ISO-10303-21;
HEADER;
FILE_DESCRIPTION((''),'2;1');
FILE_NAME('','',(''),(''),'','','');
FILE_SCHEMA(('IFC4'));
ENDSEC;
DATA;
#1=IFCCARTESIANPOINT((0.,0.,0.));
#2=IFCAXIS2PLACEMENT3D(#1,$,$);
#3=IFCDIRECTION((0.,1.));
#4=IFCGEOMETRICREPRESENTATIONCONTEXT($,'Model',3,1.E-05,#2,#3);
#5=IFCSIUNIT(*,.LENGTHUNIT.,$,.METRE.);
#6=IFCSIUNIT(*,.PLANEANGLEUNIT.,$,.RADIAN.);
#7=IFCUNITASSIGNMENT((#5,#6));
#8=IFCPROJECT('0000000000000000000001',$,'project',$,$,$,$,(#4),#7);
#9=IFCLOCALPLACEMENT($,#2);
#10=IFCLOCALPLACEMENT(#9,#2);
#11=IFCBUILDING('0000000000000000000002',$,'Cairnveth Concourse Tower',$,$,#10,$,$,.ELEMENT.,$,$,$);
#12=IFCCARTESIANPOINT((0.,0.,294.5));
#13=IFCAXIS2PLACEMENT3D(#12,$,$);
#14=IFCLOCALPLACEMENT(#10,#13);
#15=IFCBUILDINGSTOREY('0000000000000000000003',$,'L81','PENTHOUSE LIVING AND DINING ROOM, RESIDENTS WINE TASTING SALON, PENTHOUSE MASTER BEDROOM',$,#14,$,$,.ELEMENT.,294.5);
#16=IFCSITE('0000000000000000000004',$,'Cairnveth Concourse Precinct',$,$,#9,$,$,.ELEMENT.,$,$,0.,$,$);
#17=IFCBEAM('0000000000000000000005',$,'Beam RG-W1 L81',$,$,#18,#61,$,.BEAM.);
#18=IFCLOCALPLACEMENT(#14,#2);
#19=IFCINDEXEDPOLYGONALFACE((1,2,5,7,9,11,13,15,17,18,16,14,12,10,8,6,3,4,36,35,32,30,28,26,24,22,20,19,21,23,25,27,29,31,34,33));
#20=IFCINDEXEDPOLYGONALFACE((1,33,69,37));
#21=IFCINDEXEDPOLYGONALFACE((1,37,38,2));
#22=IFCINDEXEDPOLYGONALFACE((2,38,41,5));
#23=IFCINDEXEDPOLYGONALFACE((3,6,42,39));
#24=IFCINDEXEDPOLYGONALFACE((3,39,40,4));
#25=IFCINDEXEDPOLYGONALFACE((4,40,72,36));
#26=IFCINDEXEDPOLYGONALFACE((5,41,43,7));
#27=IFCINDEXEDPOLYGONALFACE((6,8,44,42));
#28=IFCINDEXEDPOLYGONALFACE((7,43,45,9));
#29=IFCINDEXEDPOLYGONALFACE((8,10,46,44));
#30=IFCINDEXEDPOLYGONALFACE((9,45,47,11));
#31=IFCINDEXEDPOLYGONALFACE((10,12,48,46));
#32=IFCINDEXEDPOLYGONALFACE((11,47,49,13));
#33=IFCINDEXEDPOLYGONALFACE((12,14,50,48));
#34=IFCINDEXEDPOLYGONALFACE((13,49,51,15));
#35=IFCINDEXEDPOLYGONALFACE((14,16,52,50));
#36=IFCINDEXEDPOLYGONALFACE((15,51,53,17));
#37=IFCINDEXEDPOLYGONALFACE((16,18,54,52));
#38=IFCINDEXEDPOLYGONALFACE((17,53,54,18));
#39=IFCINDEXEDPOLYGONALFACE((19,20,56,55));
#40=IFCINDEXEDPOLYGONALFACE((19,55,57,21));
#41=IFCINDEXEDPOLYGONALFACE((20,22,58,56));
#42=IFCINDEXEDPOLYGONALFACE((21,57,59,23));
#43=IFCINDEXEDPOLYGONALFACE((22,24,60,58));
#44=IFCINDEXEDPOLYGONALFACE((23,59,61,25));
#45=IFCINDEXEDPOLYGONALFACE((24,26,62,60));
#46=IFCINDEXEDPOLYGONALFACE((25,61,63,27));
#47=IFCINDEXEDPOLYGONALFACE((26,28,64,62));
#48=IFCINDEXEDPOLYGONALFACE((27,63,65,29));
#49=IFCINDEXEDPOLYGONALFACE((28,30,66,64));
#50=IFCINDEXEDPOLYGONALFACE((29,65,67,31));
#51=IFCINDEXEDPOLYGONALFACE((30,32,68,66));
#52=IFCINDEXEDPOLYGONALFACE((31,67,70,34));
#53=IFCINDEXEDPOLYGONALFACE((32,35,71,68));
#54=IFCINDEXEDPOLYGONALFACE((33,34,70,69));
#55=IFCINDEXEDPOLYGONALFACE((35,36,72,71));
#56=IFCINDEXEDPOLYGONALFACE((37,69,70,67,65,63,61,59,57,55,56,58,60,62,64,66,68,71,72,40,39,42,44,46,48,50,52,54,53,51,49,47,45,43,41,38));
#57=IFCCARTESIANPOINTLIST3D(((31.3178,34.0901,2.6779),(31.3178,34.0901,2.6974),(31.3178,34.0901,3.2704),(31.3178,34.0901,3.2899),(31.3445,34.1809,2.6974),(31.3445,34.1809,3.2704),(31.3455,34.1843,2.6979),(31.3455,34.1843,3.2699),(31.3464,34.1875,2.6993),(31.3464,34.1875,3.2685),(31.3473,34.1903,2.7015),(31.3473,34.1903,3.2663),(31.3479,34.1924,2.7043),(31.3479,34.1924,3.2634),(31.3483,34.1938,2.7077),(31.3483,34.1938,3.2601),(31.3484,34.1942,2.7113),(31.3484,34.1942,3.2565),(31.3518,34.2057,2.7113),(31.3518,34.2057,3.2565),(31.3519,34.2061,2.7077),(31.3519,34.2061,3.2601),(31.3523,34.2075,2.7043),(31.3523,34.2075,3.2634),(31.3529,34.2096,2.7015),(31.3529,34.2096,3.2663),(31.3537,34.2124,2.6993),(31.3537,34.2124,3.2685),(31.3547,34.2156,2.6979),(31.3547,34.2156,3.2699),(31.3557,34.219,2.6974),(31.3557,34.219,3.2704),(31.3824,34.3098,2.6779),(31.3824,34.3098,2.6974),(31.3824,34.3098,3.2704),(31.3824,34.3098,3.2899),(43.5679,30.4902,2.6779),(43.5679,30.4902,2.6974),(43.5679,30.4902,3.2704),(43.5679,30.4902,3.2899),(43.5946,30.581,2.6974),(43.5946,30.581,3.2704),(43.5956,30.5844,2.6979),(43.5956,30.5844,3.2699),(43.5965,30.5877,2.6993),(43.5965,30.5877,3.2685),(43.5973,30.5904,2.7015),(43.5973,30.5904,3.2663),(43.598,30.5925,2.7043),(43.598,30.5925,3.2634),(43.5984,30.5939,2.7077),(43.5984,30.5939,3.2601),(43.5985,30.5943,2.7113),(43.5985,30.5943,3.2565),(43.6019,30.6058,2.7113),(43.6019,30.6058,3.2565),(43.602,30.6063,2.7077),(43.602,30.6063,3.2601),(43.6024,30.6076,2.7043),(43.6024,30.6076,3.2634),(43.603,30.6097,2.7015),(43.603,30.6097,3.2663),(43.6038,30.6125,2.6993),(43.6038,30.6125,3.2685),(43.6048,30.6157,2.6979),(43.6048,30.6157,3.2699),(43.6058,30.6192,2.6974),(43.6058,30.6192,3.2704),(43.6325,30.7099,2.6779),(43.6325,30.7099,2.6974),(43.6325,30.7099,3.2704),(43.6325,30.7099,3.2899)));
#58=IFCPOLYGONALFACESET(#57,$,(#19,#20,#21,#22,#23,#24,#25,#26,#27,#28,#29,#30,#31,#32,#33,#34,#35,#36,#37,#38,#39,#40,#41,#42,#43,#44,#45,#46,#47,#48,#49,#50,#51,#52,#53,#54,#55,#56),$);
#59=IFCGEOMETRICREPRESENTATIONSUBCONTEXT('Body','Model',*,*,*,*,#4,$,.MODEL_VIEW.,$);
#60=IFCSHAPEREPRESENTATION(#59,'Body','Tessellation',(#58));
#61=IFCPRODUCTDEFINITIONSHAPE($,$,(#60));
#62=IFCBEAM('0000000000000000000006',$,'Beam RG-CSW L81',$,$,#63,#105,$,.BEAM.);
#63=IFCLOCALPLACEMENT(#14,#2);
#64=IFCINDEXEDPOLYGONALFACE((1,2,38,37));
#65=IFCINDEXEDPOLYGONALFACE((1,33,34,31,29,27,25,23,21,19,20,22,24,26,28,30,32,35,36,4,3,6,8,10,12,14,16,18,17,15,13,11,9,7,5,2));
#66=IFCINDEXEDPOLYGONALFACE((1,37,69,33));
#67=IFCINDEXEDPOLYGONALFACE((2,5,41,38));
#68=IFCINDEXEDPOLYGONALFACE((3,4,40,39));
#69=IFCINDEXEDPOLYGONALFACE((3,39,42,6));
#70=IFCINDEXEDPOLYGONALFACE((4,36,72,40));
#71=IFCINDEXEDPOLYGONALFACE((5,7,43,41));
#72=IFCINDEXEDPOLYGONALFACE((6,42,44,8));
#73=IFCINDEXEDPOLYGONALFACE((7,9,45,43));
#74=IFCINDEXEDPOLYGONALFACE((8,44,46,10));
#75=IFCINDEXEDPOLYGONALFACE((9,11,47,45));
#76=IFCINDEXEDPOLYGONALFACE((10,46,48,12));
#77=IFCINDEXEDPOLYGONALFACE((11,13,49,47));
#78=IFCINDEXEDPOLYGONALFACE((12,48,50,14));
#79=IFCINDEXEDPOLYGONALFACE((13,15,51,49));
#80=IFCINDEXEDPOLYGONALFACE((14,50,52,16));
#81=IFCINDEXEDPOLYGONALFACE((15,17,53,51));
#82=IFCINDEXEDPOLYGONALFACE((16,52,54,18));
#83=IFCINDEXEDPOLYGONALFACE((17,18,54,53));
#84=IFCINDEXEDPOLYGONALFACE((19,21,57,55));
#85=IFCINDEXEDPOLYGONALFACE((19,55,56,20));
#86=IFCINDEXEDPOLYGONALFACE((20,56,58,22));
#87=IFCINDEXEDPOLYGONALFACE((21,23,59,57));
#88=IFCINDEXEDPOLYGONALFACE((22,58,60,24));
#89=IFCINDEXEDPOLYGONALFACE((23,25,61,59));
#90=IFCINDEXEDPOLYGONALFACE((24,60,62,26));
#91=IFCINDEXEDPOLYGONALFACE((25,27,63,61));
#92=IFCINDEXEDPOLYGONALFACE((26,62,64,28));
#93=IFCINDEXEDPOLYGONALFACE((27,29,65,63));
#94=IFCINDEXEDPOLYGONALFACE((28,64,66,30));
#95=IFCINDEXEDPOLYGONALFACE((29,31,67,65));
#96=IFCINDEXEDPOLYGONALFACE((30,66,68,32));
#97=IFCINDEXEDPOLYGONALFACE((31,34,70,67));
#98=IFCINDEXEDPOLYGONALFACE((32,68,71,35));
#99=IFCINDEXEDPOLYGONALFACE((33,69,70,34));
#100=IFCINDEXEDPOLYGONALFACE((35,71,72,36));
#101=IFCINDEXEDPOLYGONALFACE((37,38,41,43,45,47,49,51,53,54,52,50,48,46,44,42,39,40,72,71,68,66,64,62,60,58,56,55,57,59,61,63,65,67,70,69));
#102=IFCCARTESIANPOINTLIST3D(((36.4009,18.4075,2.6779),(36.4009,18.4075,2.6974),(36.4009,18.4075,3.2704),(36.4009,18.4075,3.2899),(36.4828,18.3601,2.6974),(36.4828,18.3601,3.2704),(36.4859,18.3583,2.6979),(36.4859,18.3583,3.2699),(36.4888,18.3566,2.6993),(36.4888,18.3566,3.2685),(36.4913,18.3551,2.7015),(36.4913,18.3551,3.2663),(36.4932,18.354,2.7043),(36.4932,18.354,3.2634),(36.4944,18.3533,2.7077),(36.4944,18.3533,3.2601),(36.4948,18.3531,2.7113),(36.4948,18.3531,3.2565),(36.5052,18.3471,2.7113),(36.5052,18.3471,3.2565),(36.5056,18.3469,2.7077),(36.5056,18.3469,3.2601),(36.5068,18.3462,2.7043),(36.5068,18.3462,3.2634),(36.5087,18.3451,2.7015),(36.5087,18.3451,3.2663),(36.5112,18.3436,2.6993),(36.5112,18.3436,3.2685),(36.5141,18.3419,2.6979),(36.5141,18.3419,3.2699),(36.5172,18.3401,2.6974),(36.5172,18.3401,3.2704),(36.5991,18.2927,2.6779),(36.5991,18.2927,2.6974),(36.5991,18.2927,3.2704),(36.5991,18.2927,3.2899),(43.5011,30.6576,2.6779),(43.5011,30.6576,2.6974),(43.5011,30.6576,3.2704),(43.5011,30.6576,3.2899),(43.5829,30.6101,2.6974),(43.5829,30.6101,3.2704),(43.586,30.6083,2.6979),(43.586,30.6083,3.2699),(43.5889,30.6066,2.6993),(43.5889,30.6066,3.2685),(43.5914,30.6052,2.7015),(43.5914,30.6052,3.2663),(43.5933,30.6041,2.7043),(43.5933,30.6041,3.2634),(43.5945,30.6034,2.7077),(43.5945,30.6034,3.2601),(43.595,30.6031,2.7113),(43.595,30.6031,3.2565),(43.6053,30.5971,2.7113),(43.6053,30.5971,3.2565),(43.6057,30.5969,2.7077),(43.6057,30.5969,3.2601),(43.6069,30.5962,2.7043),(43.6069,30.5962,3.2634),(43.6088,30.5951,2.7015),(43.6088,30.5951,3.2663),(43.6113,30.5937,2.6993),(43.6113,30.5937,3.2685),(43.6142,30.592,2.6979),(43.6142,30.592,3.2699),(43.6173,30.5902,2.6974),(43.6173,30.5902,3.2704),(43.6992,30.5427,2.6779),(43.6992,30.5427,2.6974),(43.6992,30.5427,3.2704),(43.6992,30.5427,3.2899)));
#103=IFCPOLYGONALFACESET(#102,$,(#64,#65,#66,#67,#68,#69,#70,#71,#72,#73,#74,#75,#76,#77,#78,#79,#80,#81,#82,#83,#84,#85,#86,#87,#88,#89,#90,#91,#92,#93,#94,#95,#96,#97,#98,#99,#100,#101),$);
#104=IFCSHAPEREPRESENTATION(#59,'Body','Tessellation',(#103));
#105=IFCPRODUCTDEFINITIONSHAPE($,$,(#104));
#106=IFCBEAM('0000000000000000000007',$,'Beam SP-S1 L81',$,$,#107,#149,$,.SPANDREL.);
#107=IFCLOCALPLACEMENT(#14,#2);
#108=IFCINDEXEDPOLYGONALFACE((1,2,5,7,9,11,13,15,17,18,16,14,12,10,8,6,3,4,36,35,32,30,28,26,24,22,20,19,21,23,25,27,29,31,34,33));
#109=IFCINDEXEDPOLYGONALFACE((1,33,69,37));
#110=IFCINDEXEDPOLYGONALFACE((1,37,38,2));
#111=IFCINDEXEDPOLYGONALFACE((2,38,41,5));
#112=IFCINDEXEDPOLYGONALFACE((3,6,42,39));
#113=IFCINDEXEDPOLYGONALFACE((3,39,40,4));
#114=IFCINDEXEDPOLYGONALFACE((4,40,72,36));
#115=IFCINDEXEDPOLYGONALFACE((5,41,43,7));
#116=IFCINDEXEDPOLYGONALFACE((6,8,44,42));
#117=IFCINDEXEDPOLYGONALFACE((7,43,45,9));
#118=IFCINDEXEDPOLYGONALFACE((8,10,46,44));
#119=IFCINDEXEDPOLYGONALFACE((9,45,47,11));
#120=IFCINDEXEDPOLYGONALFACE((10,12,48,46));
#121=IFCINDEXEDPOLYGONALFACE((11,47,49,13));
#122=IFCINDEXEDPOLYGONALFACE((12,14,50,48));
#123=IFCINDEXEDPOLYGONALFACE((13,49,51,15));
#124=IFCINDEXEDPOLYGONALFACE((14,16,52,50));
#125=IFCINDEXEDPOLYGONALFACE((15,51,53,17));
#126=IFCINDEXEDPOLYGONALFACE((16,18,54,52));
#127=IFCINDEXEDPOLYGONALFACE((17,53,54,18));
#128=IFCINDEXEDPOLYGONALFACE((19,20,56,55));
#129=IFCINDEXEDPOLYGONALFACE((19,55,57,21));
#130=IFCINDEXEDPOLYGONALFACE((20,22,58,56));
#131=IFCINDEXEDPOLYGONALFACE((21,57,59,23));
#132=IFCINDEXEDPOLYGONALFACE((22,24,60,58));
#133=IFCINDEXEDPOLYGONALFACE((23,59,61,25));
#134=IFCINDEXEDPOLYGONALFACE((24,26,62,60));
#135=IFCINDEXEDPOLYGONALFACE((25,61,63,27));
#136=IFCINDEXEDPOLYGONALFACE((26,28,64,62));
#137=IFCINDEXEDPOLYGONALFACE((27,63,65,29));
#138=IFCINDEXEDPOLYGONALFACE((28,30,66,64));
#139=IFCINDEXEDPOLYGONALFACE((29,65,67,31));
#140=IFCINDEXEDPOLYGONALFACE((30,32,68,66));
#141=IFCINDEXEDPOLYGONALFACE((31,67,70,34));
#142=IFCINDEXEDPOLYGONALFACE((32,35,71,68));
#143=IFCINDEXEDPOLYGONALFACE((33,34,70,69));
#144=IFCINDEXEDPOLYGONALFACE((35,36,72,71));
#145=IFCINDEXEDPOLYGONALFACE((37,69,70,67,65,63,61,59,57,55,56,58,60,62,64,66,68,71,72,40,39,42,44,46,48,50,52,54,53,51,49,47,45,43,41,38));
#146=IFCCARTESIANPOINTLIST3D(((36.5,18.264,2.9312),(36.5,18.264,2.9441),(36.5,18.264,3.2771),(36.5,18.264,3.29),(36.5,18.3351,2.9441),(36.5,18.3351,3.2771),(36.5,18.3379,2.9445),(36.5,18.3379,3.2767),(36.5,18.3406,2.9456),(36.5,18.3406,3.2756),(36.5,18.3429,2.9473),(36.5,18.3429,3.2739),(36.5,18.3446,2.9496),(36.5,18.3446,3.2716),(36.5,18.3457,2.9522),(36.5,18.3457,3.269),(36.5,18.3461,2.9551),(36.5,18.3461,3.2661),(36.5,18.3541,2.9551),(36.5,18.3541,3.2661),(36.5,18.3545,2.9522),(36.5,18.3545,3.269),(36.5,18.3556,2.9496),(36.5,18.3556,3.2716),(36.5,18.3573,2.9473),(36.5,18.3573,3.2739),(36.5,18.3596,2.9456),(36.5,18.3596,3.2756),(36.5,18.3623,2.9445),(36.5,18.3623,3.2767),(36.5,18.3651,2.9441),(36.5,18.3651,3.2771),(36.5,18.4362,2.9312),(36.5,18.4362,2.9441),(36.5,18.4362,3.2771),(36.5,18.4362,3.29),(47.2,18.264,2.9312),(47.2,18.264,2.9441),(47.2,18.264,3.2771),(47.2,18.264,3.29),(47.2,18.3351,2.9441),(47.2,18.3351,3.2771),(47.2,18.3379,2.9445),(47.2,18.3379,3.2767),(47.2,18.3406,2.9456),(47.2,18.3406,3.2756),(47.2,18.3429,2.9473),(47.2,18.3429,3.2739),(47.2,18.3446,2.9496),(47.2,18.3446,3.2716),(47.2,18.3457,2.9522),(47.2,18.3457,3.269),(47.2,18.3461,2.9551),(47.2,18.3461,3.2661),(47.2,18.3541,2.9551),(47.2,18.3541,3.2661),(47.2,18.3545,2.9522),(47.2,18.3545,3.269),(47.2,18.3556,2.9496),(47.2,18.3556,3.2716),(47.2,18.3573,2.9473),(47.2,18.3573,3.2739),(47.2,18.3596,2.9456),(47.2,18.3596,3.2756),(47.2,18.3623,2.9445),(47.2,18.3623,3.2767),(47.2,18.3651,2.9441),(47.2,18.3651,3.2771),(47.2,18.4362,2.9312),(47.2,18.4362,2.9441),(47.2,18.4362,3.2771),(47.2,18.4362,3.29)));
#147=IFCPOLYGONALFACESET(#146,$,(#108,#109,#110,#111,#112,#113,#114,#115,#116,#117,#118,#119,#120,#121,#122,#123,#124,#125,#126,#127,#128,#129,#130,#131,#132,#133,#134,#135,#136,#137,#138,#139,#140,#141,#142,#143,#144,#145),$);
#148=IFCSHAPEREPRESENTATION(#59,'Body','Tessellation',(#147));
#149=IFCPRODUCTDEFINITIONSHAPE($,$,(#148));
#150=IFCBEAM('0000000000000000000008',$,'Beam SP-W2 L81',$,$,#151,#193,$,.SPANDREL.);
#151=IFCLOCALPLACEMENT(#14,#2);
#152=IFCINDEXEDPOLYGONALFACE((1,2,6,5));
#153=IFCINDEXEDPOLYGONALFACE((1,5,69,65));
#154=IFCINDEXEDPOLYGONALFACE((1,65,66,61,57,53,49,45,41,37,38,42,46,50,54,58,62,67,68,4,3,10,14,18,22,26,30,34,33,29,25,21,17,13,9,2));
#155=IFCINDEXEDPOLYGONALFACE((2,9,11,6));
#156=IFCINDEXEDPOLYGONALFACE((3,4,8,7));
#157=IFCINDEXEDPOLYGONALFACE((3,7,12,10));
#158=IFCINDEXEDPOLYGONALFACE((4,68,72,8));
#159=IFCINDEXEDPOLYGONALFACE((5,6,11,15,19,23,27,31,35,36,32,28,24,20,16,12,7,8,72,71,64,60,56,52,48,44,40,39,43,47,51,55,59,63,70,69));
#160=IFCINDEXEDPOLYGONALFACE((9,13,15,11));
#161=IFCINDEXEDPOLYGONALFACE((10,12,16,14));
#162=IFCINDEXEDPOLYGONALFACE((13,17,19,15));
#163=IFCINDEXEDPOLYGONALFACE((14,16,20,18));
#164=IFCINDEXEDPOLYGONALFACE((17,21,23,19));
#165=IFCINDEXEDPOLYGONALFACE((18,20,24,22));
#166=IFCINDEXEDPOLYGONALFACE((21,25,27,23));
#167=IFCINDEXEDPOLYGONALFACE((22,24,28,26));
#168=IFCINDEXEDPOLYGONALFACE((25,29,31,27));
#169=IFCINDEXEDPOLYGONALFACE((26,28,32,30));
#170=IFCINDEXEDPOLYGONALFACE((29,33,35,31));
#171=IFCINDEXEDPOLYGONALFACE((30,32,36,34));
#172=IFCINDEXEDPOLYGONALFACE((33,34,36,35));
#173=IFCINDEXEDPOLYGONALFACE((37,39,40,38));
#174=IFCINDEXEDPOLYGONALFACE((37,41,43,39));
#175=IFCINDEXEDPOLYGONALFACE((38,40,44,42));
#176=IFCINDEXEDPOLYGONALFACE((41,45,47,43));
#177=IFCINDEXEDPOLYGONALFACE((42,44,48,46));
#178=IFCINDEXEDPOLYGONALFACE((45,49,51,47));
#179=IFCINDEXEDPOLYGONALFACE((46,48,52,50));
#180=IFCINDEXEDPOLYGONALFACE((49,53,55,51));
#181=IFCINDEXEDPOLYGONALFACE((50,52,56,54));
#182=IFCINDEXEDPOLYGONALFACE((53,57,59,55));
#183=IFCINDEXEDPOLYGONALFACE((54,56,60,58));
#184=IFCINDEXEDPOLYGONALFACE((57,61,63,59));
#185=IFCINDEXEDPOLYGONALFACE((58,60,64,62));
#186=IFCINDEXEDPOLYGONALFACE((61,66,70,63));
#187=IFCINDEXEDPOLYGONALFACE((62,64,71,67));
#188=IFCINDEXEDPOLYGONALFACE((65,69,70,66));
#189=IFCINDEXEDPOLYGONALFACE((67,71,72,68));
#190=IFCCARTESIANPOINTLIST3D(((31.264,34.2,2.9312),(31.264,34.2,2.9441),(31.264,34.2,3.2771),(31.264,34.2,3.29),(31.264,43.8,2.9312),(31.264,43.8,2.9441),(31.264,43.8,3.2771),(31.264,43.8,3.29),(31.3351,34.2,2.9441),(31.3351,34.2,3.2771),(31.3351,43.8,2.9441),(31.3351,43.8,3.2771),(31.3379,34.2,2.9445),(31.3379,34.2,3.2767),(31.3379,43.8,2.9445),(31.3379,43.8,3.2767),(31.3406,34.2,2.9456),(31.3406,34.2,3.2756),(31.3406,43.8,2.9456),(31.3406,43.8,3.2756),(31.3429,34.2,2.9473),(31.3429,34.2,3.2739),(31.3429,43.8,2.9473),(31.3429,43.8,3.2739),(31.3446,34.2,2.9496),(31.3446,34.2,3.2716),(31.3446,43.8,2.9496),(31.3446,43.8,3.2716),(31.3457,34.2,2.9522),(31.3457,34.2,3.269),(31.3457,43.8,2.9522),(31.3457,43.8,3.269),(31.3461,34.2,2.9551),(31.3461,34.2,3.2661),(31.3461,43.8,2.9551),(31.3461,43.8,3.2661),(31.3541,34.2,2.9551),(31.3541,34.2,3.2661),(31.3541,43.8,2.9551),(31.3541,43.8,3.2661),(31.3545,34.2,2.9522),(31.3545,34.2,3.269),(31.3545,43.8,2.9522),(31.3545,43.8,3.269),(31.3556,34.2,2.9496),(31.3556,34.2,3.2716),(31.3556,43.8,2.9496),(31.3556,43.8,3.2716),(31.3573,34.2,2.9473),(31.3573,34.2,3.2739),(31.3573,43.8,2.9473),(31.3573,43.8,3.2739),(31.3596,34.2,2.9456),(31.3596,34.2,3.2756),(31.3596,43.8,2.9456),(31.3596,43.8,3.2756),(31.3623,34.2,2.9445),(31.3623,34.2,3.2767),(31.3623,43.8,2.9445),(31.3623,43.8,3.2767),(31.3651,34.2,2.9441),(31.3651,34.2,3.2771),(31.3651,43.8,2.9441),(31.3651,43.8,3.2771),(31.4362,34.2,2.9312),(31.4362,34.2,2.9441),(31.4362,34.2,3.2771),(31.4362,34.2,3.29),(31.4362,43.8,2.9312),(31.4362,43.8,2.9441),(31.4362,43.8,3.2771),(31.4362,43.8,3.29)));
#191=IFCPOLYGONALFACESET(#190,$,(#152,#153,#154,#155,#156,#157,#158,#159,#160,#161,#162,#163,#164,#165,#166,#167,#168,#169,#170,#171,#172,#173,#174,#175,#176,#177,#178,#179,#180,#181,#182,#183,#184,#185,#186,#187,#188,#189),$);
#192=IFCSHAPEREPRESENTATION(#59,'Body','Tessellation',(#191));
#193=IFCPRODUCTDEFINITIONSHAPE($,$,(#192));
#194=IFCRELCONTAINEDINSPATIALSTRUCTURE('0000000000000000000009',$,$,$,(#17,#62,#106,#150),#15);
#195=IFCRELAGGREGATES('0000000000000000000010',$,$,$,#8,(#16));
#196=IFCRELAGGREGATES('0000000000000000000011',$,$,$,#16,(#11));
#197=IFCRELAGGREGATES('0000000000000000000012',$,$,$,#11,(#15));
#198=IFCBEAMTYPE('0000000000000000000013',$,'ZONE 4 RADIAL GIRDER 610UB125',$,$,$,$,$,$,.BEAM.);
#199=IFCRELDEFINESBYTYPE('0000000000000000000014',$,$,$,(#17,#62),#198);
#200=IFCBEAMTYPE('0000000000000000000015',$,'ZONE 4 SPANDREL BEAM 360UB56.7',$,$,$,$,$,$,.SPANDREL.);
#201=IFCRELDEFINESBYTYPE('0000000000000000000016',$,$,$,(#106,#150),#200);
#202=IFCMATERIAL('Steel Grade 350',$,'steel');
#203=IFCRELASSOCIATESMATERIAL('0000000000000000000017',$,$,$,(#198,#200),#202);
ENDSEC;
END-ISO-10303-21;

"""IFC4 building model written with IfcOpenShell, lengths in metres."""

from ifc_helpers import new_model, si_unit, direction, frame, origin, origin_2d, place, context, subcontext, project, spatial, i_section, extrude, material, material_profile, profile_set, type_object, element, save


model = new_model("IFC4")

# Units and contexts
model_context = context("Model", 3, precision=1e-05, world=origin(), true_north=direction((0.0, 1.0)))
body_context = subcontext(model_context, "Body", "Model", "MODEL_VIEW")
ifc_project = project(units=[si_unit("LENGTHUNIT", "METRE"), si_unit("PLANEANGLEUNIT", "RADIAN")], contexts=[model_context])

# Site, building, storey
site_placement = place(None, origin())
site = spatial("IfcSite", under=ifc_project, at=site_placement, Name="Cairnveth Concourse Precinct", CompositionType="ELEMENT", RefElevation=0.0)
building_placement = place(site_placement, origin())
building = spatial("IfcBuilding", under=site, at=building_placement, Name="Cairnveth Concourse Tower", CompositionType="ELEMENT")
storey_placement = place(building_placement, frame((0.0, 0.0, 294.5)))
storey = spatial("IfcBuildingStorey", under=building, at=storey_placement, Name="L81", Description="PENTHOUSE LIVING AND DINING ROOM, RESIDENTS WINE TASTING SALON, PENTHOUSE MASTER BEDROOM", CompositionType="ELEMENT", Elevation=294.5)

# Shared definitions
ifc_material_1 = material(Name="Steel Grade 350", Category="steel")

# Beams
ifc_material_profile_1 = material_profile(ifc_material_1, i_section(OverallWidth=0.229, OverallDepth=0.6121, WebThickness=0.012, FlangeThickness=0.0195, FilletRadius=0.0139, at=origin_2d()), Name="610UB125")
ifc_profile_set_1 = profile_set([ifc_material_profile_1], Name="Steel Grade 350")
beam_type_1 = type_object("IfcBeamType", Name="ZONE 4 RADIAL GIRDER 610UB125", PredefinedType="BEAM", material=ifc_profile_set_1)
beam_1_placement = place(storey_placement, frame((31.3501, 34.2, 2.9839), z_axis=(0.959431, -0.281944, 0.0), x_axis=(0.281944, 0.959431, 0.0)))
element("IfcBeam", 1, at=beam_1_placement, inside=storey, type_object=beam_type_1, Name="Beam RG-W1 L81", PredefinedType="BEAM", context=body_context, shape_type="SweptSolid", body=[
    extrude(i_section(OverallWidth=0.229, OverallDepth=0.6121, WebThickness=0.012, FlangeThickness=0.0195, FilletRadius=0.0139, at=origin_2d()), origin(), (0.0, 0.0, 1.0), 12.7681),
])
beam_2_placement = place(storey_placement, frame((36.5, 18.3501, 2.9839), z_axis=(0.501459, 0.865181, 0.0), x_axis=(-0.865181, 0.501459, 0.0)))
element("IfcBeam", 2, at=beam_2_placement, inside=storey, type_object=beam_type_1, Name="Beam RG-CSW L81", PredefinedType="BEAM", context=body_context, shape_type="SweptSolid", body=[
    extrude(i_section(OverallWidth=0.229, OverallDepth=0.6121, WebThickness=0.012, FlangeThickness=0.0195, FilletRadius=0.0139, at=origin_2d()), origin(), (0.0, 0.0, 1.0), 14.1589),
])
ifc_material_profile_2 = material_profile(ifc_material_1, i_section(OverallWidth=0.1721, OverallDepth=0.3589, WebThickness=0.0081, FlangeThickness=0.0129, FilletRadius=0.011, at=origin_2d()), Name="360UB56.7")
ifc_profile_set_2 = profile_set([ifc_material_profile_2], Name="Steel Grade 350")
beam_type_2 = type_object("IfcBeamType", Name="ZONE 4 SPANDREL BEAM 360UB56.7", PredefinedType="SPANDREL", material=ifc_profile_set_2)
beam_3_placement = place(storey_placement, frame((36.5, 18.3501, 3.1106), z_axis=(1.0, 0.0, 0.0), x_axis=(0.0, 1.0, 0.0)))
element("IfcBeam", 3, at=beam_3_placement, inside=storey, type_object=beam_type_2, Name="Beam SP-S1 L81", PredefinedType="SPANDREL", context=body_context, shape_type="SweptSolid", body=[
    extrude(i_section(OverallWidth=0.1721, OverallDepth=0.3589, WebThickness=0.0081, FlangeThickness=0.0129, FilletRadius=0.011, at=origin_2d()), origin(), (0.0, 0.0, 1.0), 10.7),
])
beam_4_placement = place(storey_placement, frame((31.3501, 34.2, 3.1106), z_axis=(0.0, 1.0, 0.0), x_axis=(-1.0, 0.0, 0.0)))
element("IfcBeam", 4, at=beam_4_placement, inside=storey, type_object=beam_type_2, Name="Beam SP-W2 L81", PredefinedType="SPANDREL", context=body_context, shape_type="SweptSolid", body=[
    extrude(i_section(OverallWidth=0.1721, OverallDepth=0.3589, WebThickness=0.0081, FlangeThickness=0.0129, FilletRadius=0.011, at=origin_2d()), origin(), (0.0, 0.0, 1.0), 9.6001),
])

save(model, "model.ifc")
